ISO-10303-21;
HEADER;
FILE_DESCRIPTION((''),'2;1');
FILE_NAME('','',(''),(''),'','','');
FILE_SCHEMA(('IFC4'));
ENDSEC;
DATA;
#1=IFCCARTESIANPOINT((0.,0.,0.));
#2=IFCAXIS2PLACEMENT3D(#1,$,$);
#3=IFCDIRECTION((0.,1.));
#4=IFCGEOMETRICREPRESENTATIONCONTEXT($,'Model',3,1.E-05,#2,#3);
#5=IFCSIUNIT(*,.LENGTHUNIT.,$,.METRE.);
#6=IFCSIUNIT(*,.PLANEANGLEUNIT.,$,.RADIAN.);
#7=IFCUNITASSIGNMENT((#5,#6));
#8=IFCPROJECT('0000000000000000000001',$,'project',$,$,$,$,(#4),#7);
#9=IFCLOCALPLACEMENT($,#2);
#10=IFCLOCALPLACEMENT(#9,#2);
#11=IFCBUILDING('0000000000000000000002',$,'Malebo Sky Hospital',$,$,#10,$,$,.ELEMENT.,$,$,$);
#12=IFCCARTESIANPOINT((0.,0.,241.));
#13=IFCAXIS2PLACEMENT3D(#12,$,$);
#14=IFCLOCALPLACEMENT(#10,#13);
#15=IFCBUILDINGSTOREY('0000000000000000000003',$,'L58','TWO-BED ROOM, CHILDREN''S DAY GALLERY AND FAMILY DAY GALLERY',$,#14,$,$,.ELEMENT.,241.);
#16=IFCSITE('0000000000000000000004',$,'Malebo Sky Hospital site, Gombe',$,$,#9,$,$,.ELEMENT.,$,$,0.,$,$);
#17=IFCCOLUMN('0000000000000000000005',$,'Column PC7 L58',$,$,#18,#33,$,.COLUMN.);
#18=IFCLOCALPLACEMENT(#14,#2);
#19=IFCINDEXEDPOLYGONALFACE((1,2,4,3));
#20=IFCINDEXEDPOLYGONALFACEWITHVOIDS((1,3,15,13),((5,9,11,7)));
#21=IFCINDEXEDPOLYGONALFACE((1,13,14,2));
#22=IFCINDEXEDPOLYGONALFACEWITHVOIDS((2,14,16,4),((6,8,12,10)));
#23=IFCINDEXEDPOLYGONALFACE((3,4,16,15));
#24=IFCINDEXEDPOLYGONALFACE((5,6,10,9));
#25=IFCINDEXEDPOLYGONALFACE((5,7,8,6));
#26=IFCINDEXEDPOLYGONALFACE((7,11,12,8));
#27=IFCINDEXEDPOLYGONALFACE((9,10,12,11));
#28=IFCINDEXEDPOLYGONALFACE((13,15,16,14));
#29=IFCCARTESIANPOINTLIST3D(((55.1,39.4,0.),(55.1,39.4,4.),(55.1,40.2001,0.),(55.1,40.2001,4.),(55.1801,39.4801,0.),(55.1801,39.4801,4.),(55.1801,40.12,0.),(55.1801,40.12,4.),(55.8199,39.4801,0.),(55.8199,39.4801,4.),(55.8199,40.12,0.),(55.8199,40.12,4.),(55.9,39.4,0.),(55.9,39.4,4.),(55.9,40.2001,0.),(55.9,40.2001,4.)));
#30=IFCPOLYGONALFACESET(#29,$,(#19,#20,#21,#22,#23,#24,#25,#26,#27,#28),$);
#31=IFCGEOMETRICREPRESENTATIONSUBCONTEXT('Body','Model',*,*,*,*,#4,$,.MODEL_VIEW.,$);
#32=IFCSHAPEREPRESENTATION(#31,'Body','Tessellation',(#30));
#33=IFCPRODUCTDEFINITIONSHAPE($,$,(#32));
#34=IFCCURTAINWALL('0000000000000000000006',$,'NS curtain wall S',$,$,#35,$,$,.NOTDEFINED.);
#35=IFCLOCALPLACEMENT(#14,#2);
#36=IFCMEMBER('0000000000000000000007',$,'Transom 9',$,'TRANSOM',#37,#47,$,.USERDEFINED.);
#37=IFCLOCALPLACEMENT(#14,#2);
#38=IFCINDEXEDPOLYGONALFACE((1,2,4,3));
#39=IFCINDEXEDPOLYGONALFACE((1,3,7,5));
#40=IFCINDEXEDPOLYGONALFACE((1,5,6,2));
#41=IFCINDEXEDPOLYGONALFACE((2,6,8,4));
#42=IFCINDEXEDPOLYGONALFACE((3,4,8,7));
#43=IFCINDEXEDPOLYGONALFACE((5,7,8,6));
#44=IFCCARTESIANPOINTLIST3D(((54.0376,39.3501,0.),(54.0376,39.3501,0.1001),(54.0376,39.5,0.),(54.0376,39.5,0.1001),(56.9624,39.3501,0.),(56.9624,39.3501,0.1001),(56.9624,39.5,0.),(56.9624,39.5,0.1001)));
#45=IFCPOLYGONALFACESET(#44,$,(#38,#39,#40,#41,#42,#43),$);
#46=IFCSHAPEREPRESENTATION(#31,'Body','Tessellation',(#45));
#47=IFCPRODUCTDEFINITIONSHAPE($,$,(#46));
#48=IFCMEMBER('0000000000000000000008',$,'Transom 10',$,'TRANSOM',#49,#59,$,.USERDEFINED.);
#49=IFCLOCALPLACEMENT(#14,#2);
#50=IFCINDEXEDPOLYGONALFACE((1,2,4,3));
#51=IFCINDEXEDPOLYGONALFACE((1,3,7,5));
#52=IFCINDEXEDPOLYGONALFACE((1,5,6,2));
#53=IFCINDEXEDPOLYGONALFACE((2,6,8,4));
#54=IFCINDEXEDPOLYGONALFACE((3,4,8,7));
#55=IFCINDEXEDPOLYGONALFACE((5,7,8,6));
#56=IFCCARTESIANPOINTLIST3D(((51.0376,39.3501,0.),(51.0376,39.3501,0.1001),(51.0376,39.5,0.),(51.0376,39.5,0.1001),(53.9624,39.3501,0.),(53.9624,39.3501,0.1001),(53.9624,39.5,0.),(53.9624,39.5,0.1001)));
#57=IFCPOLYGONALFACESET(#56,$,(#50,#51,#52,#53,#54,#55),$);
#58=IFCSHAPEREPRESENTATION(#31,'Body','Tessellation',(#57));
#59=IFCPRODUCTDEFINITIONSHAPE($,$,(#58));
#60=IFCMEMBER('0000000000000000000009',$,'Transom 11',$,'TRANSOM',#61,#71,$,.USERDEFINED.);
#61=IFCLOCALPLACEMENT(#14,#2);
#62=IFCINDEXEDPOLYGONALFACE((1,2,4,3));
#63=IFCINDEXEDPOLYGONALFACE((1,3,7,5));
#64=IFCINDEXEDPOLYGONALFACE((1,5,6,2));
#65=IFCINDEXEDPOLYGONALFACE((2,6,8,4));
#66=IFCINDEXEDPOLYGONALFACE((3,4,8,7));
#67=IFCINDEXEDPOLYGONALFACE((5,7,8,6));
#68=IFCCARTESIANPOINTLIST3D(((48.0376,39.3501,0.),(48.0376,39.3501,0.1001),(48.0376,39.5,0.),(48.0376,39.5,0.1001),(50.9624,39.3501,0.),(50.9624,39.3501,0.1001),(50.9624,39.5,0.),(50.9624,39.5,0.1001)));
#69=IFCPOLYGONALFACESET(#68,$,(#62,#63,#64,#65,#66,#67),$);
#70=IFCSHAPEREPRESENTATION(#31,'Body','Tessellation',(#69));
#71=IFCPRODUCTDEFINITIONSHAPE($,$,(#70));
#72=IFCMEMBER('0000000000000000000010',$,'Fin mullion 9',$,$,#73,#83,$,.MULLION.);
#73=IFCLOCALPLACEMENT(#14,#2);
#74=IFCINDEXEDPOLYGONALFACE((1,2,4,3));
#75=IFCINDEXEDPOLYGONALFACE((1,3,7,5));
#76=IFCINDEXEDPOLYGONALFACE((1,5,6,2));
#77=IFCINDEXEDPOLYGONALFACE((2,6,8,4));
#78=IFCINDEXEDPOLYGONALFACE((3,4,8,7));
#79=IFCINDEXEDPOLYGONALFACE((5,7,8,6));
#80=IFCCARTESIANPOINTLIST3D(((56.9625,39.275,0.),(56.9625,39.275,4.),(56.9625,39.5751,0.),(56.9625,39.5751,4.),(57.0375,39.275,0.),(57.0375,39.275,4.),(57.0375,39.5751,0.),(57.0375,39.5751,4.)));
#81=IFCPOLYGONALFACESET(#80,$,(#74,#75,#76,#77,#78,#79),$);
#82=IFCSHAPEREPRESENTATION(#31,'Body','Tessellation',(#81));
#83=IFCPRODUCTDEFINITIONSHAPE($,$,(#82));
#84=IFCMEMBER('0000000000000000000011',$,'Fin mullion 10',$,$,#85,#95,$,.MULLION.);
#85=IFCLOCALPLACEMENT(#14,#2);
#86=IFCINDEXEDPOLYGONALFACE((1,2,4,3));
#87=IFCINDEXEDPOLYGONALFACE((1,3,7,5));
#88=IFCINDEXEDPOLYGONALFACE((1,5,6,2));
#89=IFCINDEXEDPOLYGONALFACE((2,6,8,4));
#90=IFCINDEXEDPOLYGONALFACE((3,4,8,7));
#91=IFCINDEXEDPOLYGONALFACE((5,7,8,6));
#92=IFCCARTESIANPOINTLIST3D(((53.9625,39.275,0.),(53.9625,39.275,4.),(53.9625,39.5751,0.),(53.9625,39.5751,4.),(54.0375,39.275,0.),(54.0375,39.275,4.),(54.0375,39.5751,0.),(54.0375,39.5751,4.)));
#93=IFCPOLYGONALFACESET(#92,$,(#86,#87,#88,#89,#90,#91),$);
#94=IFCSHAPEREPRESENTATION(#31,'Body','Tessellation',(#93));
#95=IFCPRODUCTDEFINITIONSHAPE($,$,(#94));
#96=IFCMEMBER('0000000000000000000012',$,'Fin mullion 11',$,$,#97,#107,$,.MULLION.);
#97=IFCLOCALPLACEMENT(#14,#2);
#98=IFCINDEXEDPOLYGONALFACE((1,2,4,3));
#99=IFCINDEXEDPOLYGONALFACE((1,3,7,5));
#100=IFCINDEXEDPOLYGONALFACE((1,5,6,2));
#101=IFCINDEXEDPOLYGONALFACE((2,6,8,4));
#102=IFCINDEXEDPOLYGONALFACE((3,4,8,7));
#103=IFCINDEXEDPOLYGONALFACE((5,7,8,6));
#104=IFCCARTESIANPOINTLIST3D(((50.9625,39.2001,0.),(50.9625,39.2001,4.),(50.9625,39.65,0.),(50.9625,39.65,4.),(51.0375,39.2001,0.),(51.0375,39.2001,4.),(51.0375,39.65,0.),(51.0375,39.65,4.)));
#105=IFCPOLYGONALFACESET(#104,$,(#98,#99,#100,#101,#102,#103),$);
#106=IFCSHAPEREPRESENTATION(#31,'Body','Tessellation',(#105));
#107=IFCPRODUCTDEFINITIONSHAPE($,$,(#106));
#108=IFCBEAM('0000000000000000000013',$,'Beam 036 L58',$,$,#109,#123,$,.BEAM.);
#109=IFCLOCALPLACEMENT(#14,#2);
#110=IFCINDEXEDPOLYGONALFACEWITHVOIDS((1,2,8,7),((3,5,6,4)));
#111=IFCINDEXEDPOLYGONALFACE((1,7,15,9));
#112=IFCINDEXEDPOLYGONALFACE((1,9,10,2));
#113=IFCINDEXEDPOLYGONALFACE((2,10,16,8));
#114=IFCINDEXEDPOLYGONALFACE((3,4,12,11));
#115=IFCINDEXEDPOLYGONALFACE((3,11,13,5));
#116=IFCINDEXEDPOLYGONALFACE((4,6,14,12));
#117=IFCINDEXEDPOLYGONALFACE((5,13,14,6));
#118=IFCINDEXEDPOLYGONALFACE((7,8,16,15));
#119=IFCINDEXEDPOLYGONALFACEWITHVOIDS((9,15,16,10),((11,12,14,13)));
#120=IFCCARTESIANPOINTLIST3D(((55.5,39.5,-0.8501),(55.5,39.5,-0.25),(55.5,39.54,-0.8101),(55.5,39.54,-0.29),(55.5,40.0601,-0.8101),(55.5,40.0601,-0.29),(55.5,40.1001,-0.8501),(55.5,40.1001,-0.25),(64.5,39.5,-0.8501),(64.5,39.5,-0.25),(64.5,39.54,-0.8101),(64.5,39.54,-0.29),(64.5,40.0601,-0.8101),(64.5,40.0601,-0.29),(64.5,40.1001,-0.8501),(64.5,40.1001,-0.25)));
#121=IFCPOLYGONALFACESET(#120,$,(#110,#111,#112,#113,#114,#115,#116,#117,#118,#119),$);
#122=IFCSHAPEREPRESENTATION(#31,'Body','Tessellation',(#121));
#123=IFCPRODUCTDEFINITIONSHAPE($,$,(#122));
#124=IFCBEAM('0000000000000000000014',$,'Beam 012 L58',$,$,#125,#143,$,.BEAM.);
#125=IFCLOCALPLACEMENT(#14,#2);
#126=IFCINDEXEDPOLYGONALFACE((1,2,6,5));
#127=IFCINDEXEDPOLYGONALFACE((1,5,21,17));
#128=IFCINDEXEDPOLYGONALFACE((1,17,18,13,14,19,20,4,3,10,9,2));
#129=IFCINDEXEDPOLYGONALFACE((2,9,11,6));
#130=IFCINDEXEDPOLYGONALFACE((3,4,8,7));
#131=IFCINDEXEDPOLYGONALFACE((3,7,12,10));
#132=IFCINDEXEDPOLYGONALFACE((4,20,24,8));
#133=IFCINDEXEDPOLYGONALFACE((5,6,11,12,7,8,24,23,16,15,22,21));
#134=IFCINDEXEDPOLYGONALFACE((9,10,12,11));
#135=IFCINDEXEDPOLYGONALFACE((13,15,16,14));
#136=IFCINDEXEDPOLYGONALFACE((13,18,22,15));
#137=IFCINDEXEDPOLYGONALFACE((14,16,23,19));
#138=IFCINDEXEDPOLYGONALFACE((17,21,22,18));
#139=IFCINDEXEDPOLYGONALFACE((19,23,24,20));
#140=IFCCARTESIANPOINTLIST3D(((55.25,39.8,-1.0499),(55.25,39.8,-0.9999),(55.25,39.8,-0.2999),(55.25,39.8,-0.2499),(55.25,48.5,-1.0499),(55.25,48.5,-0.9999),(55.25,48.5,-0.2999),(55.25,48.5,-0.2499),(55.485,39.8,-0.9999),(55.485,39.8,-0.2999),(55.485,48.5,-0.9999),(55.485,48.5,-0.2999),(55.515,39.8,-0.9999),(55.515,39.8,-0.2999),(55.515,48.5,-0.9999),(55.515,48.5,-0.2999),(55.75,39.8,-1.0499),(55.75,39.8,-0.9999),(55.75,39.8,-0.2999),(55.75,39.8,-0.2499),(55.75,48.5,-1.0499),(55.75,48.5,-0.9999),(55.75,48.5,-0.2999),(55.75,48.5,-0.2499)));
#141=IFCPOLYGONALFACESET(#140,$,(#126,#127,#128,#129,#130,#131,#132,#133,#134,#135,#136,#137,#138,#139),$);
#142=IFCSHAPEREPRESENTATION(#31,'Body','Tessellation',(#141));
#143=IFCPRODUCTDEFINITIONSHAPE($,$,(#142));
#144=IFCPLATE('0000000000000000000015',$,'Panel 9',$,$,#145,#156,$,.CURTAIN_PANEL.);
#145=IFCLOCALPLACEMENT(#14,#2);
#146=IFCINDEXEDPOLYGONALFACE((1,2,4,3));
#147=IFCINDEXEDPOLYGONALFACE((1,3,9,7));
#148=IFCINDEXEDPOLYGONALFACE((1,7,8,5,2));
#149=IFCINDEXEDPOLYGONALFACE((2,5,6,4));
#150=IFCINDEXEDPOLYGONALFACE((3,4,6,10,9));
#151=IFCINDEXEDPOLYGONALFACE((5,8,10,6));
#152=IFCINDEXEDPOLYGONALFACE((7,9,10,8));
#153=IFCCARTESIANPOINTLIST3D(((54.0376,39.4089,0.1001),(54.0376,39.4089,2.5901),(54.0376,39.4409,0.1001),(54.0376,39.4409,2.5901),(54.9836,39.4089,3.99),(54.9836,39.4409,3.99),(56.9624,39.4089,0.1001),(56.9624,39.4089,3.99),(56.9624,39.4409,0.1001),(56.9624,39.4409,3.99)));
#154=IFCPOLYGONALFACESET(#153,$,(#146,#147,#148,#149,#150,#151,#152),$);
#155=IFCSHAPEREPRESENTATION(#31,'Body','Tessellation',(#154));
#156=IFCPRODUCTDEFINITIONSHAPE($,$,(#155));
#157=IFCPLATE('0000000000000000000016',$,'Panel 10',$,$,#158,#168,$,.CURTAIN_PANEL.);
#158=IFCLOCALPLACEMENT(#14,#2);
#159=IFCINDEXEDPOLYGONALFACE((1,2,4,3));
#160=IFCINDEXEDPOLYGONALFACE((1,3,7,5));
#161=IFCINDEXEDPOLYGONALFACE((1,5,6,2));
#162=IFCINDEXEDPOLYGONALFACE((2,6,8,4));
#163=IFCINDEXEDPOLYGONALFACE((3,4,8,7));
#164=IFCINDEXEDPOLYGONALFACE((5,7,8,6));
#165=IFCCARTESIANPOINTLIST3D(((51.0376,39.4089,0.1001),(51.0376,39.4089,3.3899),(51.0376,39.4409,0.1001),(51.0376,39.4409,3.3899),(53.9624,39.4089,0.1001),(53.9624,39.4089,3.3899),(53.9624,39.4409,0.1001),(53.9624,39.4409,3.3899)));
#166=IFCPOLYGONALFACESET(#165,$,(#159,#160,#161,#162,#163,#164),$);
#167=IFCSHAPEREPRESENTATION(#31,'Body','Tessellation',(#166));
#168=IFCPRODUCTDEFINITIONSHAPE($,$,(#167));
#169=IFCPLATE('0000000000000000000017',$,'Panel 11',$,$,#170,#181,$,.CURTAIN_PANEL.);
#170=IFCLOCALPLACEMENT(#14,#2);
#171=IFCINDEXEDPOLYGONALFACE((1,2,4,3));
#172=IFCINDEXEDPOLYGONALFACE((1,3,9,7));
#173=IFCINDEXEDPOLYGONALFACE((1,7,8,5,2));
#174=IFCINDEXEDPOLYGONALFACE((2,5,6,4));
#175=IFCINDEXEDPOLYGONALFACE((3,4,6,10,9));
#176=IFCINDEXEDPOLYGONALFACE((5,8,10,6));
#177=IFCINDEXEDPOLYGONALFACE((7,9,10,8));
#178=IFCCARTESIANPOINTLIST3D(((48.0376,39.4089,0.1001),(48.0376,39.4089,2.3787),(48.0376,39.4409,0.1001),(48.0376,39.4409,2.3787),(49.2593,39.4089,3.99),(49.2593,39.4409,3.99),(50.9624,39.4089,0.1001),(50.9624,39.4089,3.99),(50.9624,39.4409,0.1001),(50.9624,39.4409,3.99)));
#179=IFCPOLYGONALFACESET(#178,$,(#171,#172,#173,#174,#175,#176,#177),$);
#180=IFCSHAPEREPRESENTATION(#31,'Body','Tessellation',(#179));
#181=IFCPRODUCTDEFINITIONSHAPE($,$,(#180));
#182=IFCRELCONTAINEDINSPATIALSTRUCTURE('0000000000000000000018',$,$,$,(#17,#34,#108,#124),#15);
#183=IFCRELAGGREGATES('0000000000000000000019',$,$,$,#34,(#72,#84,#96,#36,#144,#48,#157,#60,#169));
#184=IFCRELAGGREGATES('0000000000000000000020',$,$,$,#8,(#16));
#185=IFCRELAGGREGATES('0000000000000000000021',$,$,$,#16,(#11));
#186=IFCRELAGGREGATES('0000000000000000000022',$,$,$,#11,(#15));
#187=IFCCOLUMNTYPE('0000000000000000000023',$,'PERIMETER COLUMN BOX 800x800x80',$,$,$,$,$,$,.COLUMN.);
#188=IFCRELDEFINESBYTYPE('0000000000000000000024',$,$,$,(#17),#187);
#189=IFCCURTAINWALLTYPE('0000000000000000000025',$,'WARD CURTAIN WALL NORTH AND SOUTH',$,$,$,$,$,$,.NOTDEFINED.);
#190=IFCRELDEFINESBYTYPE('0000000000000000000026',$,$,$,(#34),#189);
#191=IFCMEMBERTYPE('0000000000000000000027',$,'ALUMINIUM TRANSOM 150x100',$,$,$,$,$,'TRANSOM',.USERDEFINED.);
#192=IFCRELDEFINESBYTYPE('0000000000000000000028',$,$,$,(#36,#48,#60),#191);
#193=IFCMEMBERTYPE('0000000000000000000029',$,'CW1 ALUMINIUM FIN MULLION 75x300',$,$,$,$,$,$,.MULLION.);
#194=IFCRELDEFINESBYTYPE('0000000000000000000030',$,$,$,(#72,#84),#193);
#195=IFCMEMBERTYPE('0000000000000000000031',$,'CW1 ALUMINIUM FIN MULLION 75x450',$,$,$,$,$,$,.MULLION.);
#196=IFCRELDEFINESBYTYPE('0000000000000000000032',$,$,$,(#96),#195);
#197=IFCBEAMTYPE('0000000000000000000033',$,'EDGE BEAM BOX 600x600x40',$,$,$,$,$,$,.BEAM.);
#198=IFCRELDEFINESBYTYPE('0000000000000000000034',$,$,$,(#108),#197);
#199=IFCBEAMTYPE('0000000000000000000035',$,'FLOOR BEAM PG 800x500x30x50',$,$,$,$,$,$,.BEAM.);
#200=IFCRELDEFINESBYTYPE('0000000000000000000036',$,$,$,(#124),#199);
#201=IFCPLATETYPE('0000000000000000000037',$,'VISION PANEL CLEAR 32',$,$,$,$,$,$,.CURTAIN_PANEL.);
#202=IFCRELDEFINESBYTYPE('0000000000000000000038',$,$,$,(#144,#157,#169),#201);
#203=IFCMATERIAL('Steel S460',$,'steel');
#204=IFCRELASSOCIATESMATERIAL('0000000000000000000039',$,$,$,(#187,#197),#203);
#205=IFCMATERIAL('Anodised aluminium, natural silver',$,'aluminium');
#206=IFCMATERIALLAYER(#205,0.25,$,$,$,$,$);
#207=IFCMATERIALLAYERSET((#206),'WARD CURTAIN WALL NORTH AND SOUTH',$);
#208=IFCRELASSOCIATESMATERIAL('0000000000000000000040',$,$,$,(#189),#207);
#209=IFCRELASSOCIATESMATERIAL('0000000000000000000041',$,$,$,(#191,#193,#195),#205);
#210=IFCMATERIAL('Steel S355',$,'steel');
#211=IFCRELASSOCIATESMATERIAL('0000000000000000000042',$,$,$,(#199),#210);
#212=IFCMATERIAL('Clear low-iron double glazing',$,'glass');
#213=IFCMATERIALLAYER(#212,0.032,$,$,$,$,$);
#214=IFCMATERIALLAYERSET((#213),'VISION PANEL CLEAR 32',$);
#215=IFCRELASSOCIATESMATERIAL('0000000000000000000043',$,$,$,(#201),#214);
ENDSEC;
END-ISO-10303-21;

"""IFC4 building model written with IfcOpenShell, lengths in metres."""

from ifc_helpers import new_model, si_unit, direction, frame, origin, origin_2d, place, context, subcontext, project, spatial, polyline, rectangle, hollow_rectangle, i_section, outline, extrude, material, layer, layer_set, material_profile, profile_set, type_object, element, aggregate, save


model = new_model("IFC4")

# Units and contexts
model_context = context("Model", 3, precision=1e-05, world=origin(), true_north=direction((0.0, 1.0)))
body_context = subcontext(model_context, "Body", "Model", "MODEL_VIEW")
ifc_project = project(units=[si_unit("LENGTHUNIT", "METRE"), si_unit("PLANEANGLEUNIT", "RADIAN")], contexts=[model_context])

# Site, building, storey
site_placement = place(None, origin())
site = spatial("IfcSite", under=ifc_project, at=site_placement, Name="Malebo Sky Hospital site, Gombe", CompositionType="ELEMENT", RefElevation=0.0)
building_placement = place(site_placement, origin())
building = spatial("IfcBuilding", under=site, at=building_placement, Name="Malebo Sky Hospital", CompositionType="ELEMENT")
storey_placement = place(building_placement, frame((0.0, 0.0, 241.0)))
storey = spatial("IfcBuildingStorey", under=building, at=storey_placement, Name="L58", Description="TWO-BED ROOM, CHILDREN'S DAY GALLERY AND FAMILY DAY GALLERY", CompositionType="ELEMENT", Elevation=241.0)

# Column
ifc_material_1 = material(Name="Steel S460", Category="steel")
ifc_material_profile_1 = material_profile(ifc_material_1, hollow_rectangle(XDim=0.8, YDim=0.8, WallThickness=0.0801, at=origin_2d()), Name="BOX 800x800x80")
ifc_profile_set_1 = profile_set([ifc_material_profile_1], Name="Steel S460")
column_type = type_object("IfcColumnType", Name="PERIMETER COLUMN BOX 800x800x80", PredefinedType="COLUMN", material=ifc_profile_set_1)
column_placement = place(storey_placement, frame((55.5, 39.8, 0.0), z_axis=(0.0, 0.0, 1.0), x_axis=(1.0, 0.0, 0.0)))
element("IfcColumn", 1, at=column_placement, inside=storey, type_object=column_type, Name="Column PC7 L58", PredefinedType="COLUMN", context=body_context, shape_type="SweptSolid", body=[
    extrude(hollow_rectangle(XDim=0.8, YDim=0.8, WallThickness=0.0801, at=origin_2d()), origin(), (0.0, 0.0, 1.0), 4.0),
])

# Curtain wall, members
ifc_material_2 = material(Name="Anodised aluminium, natural silver", Category="aluminium")
ifc_layer_1 = layer(ifc_material_2, 0.25)
ifc_layer_set_1 = layer_set([ifc_layer_1], Name="WARD CURTAIN WALL NORTH AND SOUTH")
curtain_wall_type = type_object("IfcCurtainWallType", Name="WARD CURTAIN WALL NORTH AND SOUTH", PredefinedType="NOTDEFINED", material=ifc_layer_set_1)
curtain_wall_placement = place(storey_placement, origin())
curtain_wall = element("IfcCurtainWall", 2, at=curtain_wall_placement, inside=storey, type_object=curtain_wall_type, Name="NS curtain wall S", PredefinedType="NOTDEFINED")
ifc_material_profile_2 = material_profile(ifc_material_2, rectangle(XDim=0.1499, YDim=0.1001, at=origin_2d()), Name="ALUMINIUM TRANSOM 150x100")
ifc_profile_set_2 = profile_set([ifc_material_profile_2], Name="Anodised aluminium, natural silver")
member_type_1 = type_object("IfcMemberType", Name="ALUMINIUM TRANSOM 150x100", ElementType="TRANSOM", PredefinedType="USERDEFINED", material=ifc_profile_set_2)
member_1_placement = place(storey_placement, frame((56.9624, 39.425, 0.05), z_axis=(-1.0, 0.0, 0.0), x_axis=(0.0, -1.0, 0.0)))
member_1 = element("IfcMember", 3, at=member_1_placement, type_object=member_type_1, Name="Transom 9", ObjectType="TRANSOM", PredefinedType="USERDEFINED", context=body_context, shape_type="SweptSolid", body=[
    extrude(rectangle(XDim=0.1499, YDim=0.1001, at=origin_2d()), origin(), (0.0, 0.0, 1.0), 2.9248),
])
member_2_placement = place(storey_placement, frame((53.9624, 39.425, 0.05), z_axis=(-1.0, 0.0, 0.0), x_axis=(0.0, -1.0, 0.0)))
member_2 = element("IfcMember", 4, at=member_2_placement, type_object=member_type_1, Name="Transom 10", ObjectType="TRANSOM", PredefinedType="USERDEFINED", context=body_context, shape_type="SweptSolid", body=[
    extrude(rectangle(XDim=0.1499, YDim=0.1001, at=origin_2d()), origin(), (0.0, 0.0, 1.0), 2.9248),
])
member_3_placement = place(storey_placement, frame((50.9624, 39.425, 0.05), z_axis=(-1.0, 0.0, 0.0), x_axis=(0.0, -1.0, 0.0)))
member_3 = element("IfcMember", 5, at=member_3_placement, type_object=member_type_1, Name="Transom 11", ObjectType="TRANSOM", PredefinedType="USERDEFINED", context=body_context, shape_type="SweptSolid", body=[
    extrude(rectangle(XDim=0.1499, YDim=0.1001, at=origin_2d()), origin(), (0.0, 0.0, 1.0), 2.9248),
])
ifc_material_profile_3 = material_profile(ifc_material_2, rectangle(XDim=0.075, YDim=0.3, at=origin_2d()), Name="CW1 ALUMINIUM FIN MULLION 75x300")
ifc_profile_set_3 = profile_set([ifc_material_profile_3], Name="Anodised aluminium, natural silver")
member_type_2 = type_object("IfcMemberType", Name="CW1 ALUMINIUM FIN MULLION 75x300", PredefinedType="MULLION", material=ifc_profile_set_3)
member_4_placement = place(storey_placement, frame((57.0, 39.425, 0.0), z_axis=(0.0, 0.0, 1.0), x_axis=(-1.0, 0.0, 0.0)))
member_4 = element("IfcMember", 6, at=member_4_placement, type_object=member_type_2, Name="Fin mullion 9", PredefinedType="MULLION", context=body_context, shape_type="SweptSolid", body=[
    extrude(rectangle(XDim=0.075, YDim=0.3, at=origin_2d()), origin(), (0.0, 0.0, 1.0), 4.0),
])
member_5_placement = place(storey_placement, frame((54.0, 39.425, 0.0), z_axis=(0.0, 0.0, 1.0), x_axis=(-1.0, 0.0, 0.0)))
member_5 = element("IfcMember", 7, at=member_5_placement, type_object=member_type_2, Name="Fin mullion 10", PredefinedType="MULLION", context=body_context, shape_type="SweptSolid", body=[
    extrude(rectangle(XDim=0.075, YDim=0.3, at=origin_2d()), origin(), (0.0, 0.0, 1.0), 4.0),
])
ifc_material_profile_4 = material_profile(ifc_material_2, rectangle(XDim=0.075, YDim=0.45, at=origin_2d()), Name="CW1 ALUMINIUM FIN MULLION 75x450")
ifc_profile_set_4 = profile_set([ifc_material_profile_4], Name="Anodised aluminium, natural silver")
member_type_3 = type_object("IfcMemberType", Name="CW1 ALUMINIUM FIN MULLION 75x450", PredefinedType="MULLION", material=ifc_profile_set_4)
member_6_placement = place(storey_placement, frame((51.0, 39.425, 0.0), z_axis=(0.0, 0.0, 1.0), x_axis=(-1.0, 0.0, 0.0)))
member_6 = element("IfcMember", 8, at=member_6_placement, type_object=member_type_3, Name="Fin mullion 11", PredefinedType="MULLION", context=body_context, shape_type="SweptSolid", body=[
    extrude(rectangle(XDim=0.075, YDim=0.45, at=origin_2d()), origin(), (0.0, 0.0, 1.0), 4.0),
])

# Beams
ifc_material_profile_5 = material_profile(ifc_material_1, hollow_rectangle(XDim=0.6001, YDim=0.6001, WallThickness=0.04, at=origin_2d()), Name="BOX 600x600x40")
ifc_profile_set_5 = profile_set([ifc_material_profile_5], Name="Steel S460")
beam_type_1 = type_object("IfcBeamType", Name="EDGE BEAM BOX 600x600x40", PredefinedType="BEAM", material=ifc_profile_set_5)
beam_1_placement = place(storey_placement, frame((55.5, 39.8, -0.55), z_axis=(1.0, 0.0, 0.0), x_axis=(0.0, 1.0, 0.0)))
element("IfcBeam", 9, at=beam_1_placement, inside=storey, type_object=beam_type_1, Name="Beam 036 L58", PredefinedType="BEAM", context=body_context, shape_type="SweptSolid", body=[
    extrude(hollow_rectangle(XDim=0.6001, YDim=0.6001, WallThickness=0.04, at=origin_2d()), origin(), (0.0, 0.0, 1.0), 9.0),
])
ifc_material_3 = material(Name="Steel S355", Category="steel")
ifc_material_profile_6 = material_profile(ifc_material_3, i_section(OverallWidth=0.5, OverallDepth=0.8, WebThickness=0.03, FlangeThickness=0.05, at=origin_2d()), Name="PG 800x500x30x50")
ifc_profile_set_6 = profile_set([ifc_material_profile_6], Name="Steel S355")
beam_type_2 = type_object("IfcBeamType", Name="FLOOR BEAM PG 800x500x30x50", PredefinedType="BEAM", material=ifc_profile_set_6)
beam_2_placement = place(storey_placement, frame((55.5, 39.8, -0.6499), z_axis=(0.0, 1.0, 0.0), x_axis=(-1.0, 0.0, 0.0)))
element("IfcBeam", 10, at=beam_2_placement, inside=storey, type_object=beam_type_2, Name="Beam 012 L58", PredefinedType="BEAM", context=body_context, shape_type="SweptSolid", body=[
    extrude(i_section(OverallWidth=0.5, OverallDepth=0.8, WebThickness=0.03, FlangeThickness=0.05, at=origin_2d()), origin(), (0.0, 0.0, 1.0), 8.7),
])

# Plates
ifc_material_4 = material(Name="Clear low-iron double glazing", Category="glass")
ifc_layer_2 = layer(ifc_material_4, 0.032)
ifc_layer_set_2 = layer_set([ifc_layer_2], Name="VISION PANEL CLEAR 32")
plate_type = type_object("IfcPlateType", Name="VISION PANEL CLEAR 32", PredefinedType="CURTAIN_PANEL", material=ifc_layer_set_2)
plate_1_placement = place(storey_placement, frame((55.5, 39.425, 0.1001), z_axis=(0.0, 0.0, 1.0), x_axis=(-1.0, 0.0, 0.0)))
plate_1 = element("IfcPlate", 11, at=plate_1_placement, type_object=plate_type, Name="Panel 9", PredefinedType="CURTAIN_PANEL", context=body_context, shape_type="SweptSolid", body=[
    extrude(outline(polyline([(-1.4624, 0.0), (1.4624, 0.0), (1.4624, 2.49), (0.5164, 3.8899), (-1.4624, 3.8899), (-1.4624, 0.0)])), frame((0.0, 0.0161, 0.0), z_axis=(0.0, -1.0, 0.0), x_axis=(1.0, 0.0, 0.0)), (0.0, 0.0, 1.0), 0.032),
])
plate_2_placement = place(storey_placement, frame((52.5, 39.425, 0.1001), z_axis=(0.0, 0.0, 1.0), x_axis=(-1.0, 0.0, 0.0)))
plate_2 = element("IfcPlate", 12, at=plate_2_placement, type_object=plate_type, Name="Panel 10", PredefinedType="CURTAIN_PANEL", context=body_context, shape_type="SweptSolid", body=[
    extrude(outline(polyline([(-1.4624, 0.0), (1.4624, 0.0), (1.4624, 3.2898), (-1.4624, 3.2898), (-1.4624, 0.0)])), frame((0.0, 0.0161, 0.0), z_axis=(0.0, -1.0, 0.0), x_axis=(1.0, 0.0, 0.0)), (0.0, 0.0, 1.0), 0.032),
])
plate_3_placement = place(storey_placement, frame((49.5, 39.425, 0.1001), z_axis=(0.0, 0.0, 1.0), x_axis=(-1.0, 0.0, 0.0)))
plate_3 = element("IfcPlate", 13, at=plate_3_placement, type_object=plate_type, Name="Panel 11", PredefinedType="CURTAIN_PANEL", context=body_context, shape_type="SweptSolid", body=[
    extrude(outline(polyline([(-1.4624, 0.0), (1.4624, 0.0), (1.4624, 2.2786), (0.2407, 3.8899), (-1.4624, 3.8899), (-1.4624, 0.0)])), frame((0.0, 0.0161, 0.0), z_axis=(0.0, -1.0, 0.0), x_axis=(1.0, 0.0, 0.0)), (0.0, 0.0, 1.0), 0.032),
])
aggregate(curtain_wall, [member_4, member_5, member_6, member_1, plate_1, member_2, plate_2, member_3, plate_3])

save(model, "model.ifc")
